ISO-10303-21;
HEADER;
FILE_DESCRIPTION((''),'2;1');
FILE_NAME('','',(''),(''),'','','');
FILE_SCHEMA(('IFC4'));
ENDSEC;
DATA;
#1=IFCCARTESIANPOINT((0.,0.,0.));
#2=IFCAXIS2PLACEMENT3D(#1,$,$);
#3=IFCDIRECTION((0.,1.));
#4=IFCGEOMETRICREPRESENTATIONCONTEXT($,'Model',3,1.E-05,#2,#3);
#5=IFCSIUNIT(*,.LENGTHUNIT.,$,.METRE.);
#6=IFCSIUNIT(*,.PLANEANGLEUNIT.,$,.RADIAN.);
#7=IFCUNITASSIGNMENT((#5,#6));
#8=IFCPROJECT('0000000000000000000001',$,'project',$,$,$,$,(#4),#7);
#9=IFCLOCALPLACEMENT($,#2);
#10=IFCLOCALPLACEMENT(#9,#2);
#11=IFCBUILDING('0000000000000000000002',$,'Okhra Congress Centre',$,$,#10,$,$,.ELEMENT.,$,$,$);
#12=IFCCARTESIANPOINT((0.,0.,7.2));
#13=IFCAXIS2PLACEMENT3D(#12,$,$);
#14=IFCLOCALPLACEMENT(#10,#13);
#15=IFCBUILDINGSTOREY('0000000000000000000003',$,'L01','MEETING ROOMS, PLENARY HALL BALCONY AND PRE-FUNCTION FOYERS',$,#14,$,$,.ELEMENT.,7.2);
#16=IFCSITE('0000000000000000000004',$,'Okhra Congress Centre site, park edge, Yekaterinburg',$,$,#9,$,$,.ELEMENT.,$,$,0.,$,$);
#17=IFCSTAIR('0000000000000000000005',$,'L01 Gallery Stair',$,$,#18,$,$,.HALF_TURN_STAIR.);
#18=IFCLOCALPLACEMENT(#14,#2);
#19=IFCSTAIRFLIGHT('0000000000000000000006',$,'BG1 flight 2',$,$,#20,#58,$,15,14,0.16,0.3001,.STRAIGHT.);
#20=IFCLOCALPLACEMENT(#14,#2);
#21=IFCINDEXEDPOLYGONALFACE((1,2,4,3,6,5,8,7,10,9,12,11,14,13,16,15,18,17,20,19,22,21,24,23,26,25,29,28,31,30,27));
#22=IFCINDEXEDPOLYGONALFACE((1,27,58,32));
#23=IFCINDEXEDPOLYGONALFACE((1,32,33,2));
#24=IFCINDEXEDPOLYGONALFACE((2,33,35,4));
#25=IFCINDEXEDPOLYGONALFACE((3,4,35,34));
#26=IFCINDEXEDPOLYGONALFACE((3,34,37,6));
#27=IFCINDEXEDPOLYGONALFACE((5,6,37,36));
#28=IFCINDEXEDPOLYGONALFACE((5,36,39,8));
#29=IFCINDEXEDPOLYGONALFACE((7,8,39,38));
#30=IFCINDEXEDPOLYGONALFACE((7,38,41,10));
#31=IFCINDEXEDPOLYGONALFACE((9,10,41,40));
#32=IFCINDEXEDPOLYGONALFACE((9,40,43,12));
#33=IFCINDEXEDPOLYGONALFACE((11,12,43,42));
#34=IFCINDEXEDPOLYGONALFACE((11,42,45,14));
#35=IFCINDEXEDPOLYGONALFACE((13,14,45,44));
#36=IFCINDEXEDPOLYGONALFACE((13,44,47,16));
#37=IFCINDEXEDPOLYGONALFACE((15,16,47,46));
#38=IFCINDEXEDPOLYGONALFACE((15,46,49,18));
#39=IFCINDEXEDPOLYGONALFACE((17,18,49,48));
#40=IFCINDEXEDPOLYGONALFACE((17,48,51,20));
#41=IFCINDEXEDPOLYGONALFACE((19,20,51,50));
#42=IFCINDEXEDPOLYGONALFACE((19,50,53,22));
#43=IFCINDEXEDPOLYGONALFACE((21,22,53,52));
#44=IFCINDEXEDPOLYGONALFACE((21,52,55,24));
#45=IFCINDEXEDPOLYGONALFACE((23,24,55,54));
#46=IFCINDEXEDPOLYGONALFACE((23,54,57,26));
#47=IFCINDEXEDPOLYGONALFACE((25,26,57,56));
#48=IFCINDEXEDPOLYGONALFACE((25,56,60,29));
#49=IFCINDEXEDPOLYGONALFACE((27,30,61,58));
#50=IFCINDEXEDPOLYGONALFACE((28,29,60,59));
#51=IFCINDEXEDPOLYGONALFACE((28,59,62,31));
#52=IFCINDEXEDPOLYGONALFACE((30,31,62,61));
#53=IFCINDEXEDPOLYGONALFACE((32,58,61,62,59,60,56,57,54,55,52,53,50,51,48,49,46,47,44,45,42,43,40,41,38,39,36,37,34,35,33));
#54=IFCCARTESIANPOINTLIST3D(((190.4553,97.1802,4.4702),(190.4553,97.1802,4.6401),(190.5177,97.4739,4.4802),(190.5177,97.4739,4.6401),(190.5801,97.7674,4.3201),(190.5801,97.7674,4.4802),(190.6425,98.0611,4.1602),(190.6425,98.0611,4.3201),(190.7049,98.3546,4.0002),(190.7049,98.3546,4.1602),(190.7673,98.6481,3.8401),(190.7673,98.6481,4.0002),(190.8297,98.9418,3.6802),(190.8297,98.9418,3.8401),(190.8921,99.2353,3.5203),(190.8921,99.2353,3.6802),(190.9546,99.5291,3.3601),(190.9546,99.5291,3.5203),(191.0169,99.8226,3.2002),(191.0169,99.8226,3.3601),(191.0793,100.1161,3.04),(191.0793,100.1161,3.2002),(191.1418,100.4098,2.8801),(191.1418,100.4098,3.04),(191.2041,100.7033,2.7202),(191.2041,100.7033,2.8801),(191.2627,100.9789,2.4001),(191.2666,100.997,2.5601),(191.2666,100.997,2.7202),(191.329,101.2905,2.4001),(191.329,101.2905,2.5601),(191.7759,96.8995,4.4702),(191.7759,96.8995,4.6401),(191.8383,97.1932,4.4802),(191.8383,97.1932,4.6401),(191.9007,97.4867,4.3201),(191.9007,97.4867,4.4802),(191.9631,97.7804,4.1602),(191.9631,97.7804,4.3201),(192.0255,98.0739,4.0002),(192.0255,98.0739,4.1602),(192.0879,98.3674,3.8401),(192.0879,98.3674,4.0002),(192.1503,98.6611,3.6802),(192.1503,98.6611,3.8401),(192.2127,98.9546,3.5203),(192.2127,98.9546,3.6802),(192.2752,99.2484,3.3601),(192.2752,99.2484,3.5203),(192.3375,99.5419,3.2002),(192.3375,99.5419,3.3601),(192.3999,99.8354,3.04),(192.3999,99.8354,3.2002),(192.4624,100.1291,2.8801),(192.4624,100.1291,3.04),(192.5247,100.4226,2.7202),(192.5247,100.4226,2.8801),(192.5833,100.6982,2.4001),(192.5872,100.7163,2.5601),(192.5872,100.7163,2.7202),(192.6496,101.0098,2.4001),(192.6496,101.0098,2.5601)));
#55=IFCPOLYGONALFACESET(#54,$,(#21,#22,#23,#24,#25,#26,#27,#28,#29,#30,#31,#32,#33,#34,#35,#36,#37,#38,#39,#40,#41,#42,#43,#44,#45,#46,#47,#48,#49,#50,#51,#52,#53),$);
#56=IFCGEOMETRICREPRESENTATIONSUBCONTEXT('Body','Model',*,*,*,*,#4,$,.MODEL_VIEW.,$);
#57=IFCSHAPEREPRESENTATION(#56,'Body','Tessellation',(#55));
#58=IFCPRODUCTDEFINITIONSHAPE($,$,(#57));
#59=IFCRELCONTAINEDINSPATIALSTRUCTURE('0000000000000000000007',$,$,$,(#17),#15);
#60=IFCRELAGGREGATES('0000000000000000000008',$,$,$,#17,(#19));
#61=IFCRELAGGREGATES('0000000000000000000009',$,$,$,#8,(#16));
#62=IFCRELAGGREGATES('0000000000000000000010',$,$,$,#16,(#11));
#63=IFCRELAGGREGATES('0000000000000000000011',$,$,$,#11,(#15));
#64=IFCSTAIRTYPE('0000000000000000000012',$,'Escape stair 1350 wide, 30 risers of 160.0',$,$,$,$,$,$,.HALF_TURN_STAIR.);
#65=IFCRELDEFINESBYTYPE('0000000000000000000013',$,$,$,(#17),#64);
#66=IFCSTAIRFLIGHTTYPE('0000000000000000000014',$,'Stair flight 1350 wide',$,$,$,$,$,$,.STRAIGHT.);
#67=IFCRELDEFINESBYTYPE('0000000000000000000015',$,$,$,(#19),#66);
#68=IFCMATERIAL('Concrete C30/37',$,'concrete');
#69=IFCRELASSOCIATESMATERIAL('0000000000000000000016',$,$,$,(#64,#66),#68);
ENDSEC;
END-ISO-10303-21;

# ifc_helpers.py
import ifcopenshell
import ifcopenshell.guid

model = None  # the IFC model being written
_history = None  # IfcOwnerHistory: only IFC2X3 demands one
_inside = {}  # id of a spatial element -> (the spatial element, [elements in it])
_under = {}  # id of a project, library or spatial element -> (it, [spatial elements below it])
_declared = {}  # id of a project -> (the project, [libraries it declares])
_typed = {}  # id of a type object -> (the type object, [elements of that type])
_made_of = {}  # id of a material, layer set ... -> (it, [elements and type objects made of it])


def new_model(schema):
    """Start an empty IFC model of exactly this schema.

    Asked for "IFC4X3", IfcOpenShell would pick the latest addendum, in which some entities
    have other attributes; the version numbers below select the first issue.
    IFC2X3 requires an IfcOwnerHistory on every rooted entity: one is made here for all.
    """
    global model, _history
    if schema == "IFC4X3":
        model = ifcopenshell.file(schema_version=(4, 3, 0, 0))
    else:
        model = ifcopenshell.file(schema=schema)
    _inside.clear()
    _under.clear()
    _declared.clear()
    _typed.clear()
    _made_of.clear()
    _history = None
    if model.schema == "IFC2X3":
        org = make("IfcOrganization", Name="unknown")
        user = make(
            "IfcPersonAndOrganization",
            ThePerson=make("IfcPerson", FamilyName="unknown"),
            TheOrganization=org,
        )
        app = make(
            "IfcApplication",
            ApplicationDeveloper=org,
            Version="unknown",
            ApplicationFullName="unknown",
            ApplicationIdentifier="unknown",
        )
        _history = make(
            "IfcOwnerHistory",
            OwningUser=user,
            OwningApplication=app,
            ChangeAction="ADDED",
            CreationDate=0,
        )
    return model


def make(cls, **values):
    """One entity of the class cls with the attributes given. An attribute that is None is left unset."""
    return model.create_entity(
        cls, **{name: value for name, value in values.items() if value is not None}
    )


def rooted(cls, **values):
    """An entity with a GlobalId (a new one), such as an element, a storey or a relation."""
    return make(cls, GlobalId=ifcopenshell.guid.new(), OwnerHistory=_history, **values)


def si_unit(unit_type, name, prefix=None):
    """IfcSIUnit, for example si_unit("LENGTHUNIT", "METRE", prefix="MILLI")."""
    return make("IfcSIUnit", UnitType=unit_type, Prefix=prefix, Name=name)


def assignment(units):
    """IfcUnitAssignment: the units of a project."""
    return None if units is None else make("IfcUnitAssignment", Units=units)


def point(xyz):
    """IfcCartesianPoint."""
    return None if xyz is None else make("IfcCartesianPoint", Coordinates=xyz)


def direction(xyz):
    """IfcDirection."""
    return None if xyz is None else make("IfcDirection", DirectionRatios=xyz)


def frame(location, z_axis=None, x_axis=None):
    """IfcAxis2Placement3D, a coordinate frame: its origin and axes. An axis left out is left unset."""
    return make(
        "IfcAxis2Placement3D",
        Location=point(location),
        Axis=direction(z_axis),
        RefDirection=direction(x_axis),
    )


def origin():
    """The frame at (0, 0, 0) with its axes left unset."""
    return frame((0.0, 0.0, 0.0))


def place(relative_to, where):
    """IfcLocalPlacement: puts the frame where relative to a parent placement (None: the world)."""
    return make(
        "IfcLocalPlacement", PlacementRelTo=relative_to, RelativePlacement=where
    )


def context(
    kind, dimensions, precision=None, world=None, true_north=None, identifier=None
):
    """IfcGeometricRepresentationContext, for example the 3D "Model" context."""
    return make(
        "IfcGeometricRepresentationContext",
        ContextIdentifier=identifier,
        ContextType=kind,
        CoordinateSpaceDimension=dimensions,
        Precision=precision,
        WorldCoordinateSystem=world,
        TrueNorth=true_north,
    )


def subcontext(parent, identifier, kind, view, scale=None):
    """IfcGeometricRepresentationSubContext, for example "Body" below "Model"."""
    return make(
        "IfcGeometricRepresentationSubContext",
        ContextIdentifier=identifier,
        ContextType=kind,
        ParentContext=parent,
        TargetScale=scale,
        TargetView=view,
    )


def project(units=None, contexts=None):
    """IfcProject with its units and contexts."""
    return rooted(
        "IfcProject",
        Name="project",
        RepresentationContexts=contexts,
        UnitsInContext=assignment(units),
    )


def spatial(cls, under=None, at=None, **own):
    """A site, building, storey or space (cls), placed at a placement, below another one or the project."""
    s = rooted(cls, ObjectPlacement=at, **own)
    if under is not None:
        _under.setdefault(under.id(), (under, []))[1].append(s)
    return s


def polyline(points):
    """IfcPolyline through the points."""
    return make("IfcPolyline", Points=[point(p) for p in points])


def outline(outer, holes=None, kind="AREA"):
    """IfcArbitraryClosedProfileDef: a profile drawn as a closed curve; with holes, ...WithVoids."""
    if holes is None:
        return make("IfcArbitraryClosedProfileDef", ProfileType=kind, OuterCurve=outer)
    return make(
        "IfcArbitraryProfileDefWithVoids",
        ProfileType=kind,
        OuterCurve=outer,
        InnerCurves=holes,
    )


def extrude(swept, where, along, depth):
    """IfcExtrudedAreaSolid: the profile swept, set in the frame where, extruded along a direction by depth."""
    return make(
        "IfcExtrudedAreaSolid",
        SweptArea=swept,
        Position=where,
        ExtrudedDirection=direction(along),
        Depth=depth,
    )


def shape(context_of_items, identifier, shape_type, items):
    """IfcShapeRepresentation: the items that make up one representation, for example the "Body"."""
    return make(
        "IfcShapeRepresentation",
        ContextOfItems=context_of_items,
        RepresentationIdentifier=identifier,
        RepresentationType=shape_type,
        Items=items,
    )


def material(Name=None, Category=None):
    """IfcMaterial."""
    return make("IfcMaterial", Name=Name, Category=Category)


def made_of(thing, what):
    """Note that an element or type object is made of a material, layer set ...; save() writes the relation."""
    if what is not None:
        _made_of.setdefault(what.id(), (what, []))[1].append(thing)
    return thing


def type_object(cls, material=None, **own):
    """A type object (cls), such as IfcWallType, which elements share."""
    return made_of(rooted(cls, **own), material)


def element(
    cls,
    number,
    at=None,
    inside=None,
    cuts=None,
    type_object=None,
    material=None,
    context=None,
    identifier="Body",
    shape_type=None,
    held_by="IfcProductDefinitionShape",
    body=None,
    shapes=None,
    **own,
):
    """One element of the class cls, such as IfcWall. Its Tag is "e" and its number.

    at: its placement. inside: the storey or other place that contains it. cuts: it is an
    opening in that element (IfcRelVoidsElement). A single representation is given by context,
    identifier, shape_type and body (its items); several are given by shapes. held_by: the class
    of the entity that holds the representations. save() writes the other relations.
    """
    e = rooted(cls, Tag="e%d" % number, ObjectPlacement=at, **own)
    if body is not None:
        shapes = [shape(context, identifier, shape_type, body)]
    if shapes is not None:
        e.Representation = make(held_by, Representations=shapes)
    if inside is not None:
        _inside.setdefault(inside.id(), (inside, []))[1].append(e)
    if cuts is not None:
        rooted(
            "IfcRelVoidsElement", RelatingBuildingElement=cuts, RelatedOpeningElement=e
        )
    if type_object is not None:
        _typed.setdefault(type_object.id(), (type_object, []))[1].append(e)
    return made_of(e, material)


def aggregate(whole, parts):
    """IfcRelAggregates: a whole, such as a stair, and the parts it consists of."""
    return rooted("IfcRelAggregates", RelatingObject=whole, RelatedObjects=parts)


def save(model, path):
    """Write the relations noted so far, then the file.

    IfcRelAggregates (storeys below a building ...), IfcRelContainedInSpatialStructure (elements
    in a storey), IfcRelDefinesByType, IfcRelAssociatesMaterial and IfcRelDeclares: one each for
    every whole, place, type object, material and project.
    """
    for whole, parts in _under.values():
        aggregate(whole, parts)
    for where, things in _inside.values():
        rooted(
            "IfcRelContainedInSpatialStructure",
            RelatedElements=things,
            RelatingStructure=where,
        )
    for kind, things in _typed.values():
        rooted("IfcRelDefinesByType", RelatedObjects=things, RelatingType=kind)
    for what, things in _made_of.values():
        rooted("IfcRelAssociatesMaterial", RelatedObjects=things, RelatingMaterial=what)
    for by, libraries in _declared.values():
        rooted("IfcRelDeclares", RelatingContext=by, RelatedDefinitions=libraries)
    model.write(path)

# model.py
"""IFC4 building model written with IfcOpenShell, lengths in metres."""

from ifc_helpers import new_model, si_unit, direction, frame, origin, place, context, subcontext, project, spatial, polyline, outline, extrude, material, type_object, element, aggregate, save


model = new_model("IFC4")

# Units and contexts
model_context = context("Model", 3, precision=1e-05, world=origin(), true_north=direction((0.0, 1.0)))
body_context = subcontext(model_context, "Body", "Model", "MODEL_VIEW")
ifc_project = project(units=[si_unit("LENGTHUNIT", "METRE"), si_unit("PLANEANGLEUNIT", "RADIAN")], contexts=[model_context])

# Site, building, storey
site_placement = place(None, origin())
site = spatial("IfcSite", under=ifc_project, at=site_placement, Name="Okhra Congress Centre site, park edge, Yekaterinburg", CompositionType="ELEMENT", RefElevation=0.0)
building_placement = place(site_placement, origin())
building = spatial("IfcBuilding", under=site, at=building_placement, Name="Okhra Congress Centre", CompositionType="ELEMENT")
storey_placement = place(building_placement, frame((0.0, 0.0, 7.2)))
storey = spatial("IfcBuildingStorey", under=building, at=storey_placement, Name="L01", Description="MEETING ROOMS, PLENARY HALL BALCONY AND PRE-FUNCTION FOYERS", CompositionType="ELEMENT", Elevation=7.2)

# Shared definitions
ifc_material_1 = material(Name="Concrete C30/37", Category="concrete")

# Stair, stair flight
stair_type = type_object("IfcStairType", Name="Escape stair 1350 wide, 30 risers of 160.0", PredefinedType="HALF_TURN_STAIR", material=ifc_material_1)
stair_placement = place(storey_placement, origin())
stair = element("IfcStair", 1, at=stair_placement, inside=storey, type_object=stair_type, Name="L01 Gallery Stair", PredefinedType="HALF_TURN_STAIR")
stair_flight_type = type_object("IfcStairFlightType", Name="Stair flight 1350 wide", PredefinedType="STRAIGHT", material=ifc_material_1)
stair_flight_1_placement = place(storey_placement, frame((191.9893, 101.1501, 2.4001), z_axis=(0.0, 0.0, 1.0), x_axis=(-0.207912, -0.978148, 0.0)))
stair_flight_1 = element("IfcStairFlight", 2, at=stair_flight_1_placement, type_object=stair_flight_type, Name="BG1 flight 2", NumberOfRisers=15, NumberOfTreads=14, PredefinedType="STRAIGHT", RiserHeight=0.16, TreadLength=0.3001, context=body_context, shape_type="SweptSolid", body=[
    extrude(outline(polyline([(0.0, 0.0), (0.0, 0.1599), (0.3, 0.1599), (0.3, 0.3201), (0.6003, 0.3201), (0.6003, 0.48), (0.9004, 0.48), (0.9004, 0.6399), (1.2007, 0.6399), (1.2007, 0.8), (1.5007, 0.8), (1.5007, 0.96), (1.8008, 0.96), (1.8008, 1.1201), (2.1011, 1.1201), (2.1011, 1.28), (2.4011, 1.28), (2.4011, 1.4399), (2.7014, 1.4399), (2.7014, 1.6001), (3.0015, 1.6001), (3.0015, 1.76), (3.3015, 1.76), (3.3015, 1.9199), (3.6018, 1.9199), (3.6018, 2.0801), (3.9019, 2.0801), (3.9019, 2.24), (4.2021, 2.24), (4.2021, 2.3999), (4.2021, 2.0701), (0.3186, 0.0), (0.0, 0.0)])), frame((0.0, 0.675, 0.0), z_axis=(0.0, -1.0, 0.0), x_axis=(1.0, 0.0, 0.0)), (0.0, 0.0, 1.0), 1.3501),
])
aggregate(stair, [stair_flight_1])

save(model, "model.ifc")
